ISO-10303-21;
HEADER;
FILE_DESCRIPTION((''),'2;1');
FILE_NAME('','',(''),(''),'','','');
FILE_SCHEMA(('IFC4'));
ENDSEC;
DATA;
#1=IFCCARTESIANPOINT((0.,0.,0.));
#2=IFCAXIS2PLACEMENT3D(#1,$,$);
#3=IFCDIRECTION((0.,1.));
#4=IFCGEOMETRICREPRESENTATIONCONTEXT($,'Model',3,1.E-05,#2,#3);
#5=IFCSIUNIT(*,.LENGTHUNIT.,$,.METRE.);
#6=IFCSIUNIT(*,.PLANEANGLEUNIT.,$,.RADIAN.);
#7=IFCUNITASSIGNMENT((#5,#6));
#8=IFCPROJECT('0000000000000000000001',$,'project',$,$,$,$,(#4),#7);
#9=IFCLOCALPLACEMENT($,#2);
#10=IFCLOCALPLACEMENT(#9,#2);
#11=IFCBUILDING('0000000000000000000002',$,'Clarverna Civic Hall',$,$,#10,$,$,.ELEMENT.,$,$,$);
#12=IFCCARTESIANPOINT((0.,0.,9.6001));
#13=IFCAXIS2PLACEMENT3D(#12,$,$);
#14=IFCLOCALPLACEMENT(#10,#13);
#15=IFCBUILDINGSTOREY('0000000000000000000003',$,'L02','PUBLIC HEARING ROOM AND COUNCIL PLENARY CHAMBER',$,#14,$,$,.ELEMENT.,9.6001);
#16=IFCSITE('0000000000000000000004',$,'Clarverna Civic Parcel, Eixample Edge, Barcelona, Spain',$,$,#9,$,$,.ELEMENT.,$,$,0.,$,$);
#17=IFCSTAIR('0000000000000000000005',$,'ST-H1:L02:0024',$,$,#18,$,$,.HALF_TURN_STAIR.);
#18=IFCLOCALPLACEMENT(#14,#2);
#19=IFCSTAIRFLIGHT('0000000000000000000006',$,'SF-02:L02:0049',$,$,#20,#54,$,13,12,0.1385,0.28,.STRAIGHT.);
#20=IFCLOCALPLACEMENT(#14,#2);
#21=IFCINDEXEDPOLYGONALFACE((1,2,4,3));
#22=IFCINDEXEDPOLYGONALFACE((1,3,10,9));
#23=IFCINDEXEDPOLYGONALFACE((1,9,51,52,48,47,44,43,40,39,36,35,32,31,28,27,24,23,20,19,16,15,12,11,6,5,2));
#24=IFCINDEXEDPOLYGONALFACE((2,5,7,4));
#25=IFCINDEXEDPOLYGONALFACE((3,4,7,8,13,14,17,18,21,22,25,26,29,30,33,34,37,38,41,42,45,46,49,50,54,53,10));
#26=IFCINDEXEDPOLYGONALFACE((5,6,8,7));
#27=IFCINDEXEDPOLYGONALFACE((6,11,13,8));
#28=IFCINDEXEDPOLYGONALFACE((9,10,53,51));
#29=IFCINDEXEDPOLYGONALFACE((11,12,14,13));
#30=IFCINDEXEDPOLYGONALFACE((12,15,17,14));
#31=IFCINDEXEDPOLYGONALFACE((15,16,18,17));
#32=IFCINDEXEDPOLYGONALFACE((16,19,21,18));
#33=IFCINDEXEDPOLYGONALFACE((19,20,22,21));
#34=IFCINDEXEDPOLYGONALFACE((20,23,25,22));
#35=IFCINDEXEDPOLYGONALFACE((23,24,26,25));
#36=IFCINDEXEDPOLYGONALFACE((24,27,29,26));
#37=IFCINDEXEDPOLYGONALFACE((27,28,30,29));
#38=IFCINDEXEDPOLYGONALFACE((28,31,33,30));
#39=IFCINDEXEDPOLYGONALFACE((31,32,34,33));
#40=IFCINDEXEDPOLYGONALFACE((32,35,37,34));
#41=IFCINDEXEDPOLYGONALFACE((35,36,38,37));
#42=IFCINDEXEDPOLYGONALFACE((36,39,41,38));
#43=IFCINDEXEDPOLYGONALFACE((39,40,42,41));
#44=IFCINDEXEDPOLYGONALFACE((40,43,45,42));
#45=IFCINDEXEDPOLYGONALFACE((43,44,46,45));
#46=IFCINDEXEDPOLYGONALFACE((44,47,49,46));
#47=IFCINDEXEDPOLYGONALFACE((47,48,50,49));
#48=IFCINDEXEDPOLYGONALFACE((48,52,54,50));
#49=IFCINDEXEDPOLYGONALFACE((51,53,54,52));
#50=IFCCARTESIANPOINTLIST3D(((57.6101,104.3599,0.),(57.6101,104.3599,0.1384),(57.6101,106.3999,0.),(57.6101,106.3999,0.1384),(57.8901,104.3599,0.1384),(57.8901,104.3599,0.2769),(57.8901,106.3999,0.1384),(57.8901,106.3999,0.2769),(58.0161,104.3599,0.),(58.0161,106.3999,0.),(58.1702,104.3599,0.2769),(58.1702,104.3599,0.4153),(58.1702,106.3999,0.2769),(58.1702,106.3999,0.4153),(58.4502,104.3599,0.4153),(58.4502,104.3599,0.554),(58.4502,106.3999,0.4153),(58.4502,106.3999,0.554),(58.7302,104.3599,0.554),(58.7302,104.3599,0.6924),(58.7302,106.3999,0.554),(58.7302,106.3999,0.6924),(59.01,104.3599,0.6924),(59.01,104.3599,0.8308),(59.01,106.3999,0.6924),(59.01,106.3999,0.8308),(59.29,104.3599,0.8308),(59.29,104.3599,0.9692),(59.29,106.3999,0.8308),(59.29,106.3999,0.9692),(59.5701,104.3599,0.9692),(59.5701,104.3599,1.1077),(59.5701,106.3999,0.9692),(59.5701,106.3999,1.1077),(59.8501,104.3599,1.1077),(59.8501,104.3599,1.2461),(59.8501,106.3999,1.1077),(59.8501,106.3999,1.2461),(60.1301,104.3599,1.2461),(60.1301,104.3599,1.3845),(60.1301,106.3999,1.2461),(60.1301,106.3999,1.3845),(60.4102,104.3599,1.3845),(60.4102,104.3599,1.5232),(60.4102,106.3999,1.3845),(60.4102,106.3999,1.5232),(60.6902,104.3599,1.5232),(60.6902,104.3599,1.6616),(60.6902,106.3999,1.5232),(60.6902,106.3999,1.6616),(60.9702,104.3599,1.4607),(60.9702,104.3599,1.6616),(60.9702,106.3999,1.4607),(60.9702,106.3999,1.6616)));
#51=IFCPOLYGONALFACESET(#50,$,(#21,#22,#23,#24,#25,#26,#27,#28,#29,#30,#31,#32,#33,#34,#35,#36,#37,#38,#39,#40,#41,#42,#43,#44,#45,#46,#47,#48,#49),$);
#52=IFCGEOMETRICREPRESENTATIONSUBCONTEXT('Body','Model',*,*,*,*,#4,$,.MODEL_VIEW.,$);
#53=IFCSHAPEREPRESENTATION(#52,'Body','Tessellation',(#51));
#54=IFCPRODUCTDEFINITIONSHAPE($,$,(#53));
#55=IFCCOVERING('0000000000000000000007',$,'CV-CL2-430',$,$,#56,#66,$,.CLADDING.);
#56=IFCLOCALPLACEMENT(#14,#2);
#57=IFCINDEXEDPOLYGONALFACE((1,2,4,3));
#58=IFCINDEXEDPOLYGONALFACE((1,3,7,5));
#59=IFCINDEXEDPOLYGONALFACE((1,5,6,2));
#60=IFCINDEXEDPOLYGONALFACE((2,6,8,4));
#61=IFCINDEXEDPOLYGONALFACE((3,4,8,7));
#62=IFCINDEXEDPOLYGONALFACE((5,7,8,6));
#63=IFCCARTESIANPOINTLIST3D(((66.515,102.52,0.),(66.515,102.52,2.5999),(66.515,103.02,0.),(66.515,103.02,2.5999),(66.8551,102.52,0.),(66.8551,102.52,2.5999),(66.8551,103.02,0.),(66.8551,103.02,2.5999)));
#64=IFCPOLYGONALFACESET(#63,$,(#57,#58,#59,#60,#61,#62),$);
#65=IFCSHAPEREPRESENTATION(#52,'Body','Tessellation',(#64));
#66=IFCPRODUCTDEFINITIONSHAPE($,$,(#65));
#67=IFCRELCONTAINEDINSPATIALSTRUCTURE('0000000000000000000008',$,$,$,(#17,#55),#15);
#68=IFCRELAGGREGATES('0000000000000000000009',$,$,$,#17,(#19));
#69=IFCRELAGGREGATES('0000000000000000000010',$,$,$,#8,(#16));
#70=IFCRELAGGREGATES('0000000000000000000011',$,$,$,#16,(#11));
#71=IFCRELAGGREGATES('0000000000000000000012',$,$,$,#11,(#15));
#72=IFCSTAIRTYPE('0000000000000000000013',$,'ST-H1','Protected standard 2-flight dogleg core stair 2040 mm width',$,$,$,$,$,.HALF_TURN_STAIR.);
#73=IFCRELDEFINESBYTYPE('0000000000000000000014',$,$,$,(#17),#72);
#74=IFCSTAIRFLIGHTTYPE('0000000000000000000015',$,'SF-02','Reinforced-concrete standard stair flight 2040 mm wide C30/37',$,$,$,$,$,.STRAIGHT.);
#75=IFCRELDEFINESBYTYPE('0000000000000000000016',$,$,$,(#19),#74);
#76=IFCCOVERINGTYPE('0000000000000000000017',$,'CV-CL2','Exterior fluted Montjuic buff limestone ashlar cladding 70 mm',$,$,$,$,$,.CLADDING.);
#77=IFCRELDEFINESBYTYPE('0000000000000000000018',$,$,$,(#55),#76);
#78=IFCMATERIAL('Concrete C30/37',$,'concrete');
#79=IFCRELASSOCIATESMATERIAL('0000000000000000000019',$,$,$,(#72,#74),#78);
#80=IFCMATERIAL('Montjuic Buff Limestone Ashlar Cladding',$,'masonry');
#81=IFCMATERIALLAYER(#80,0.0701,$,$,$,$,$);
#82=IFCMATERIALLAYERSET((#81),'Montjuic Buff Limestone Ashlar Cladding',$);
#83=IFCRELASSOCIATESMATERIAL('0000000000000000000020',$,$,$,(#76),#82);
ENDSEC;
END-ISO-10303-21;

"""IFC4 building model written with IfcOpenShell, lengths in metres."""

from ifc_helpers import new_model, si_unit, direction, frame, frame_2d, origin, place, context, subcontext, project, spatial, polyline, rectangle, outline, extrude, material, layer, layer_set, type_object, element, aggregate, save


model = new_model("IFC4")

# Units and contexts
model_context = context("Model", 3, precision=1e-05, world=origin(), true_north=direction((0.0, 1.0)))
body_context = subcontext(model_context, "Body", "Model", "MODEL_VIEW")
ifc_project = project(units=[si_unit("LENGTHUNIT", "METRE"), si_unit("PLANEANGLEUNIT", "RADIAN")], contexts=[model_context])

# Site, building, storey
site_placement = place(None, origin())
site = spatial("IfcSite", under=ifc_project, at=site_placement, Name="Clarverna Civic Parcel, Eixample Edge, Barcelona, Spain", CompositionType="ELEMENT", RefElevation=0.0)
building_placement = place(site_placement, origin())
building = spatial("IfcBuilding", under=site, at=building_placement, Name="Clarverna Civic Hall", CompositionType="ELEMENT")
storey_placement = place(building_placement, frame((0.0, 0.0, 9.6001)))
storey = spatial("IfcBuildingStorey", under=building, at=storey_placement, Name="L02", Description="PUBLIC HEARING ROOM AND COUNCIL PLENARY CHAMBER", CompositionType="ELEMENT", Elevation=9.6001)

# Stair, stair flight
ifc_material_1 = material(Name="Concrete C30/37", Category="concrete")
stair_type = type_object("IfcStairType", Name="ST-H1", Description="Protected standard 2-flight dogleg core stair 2040 mm width", PredefinedType="HALF_TURN_STAIR", material=ifc_material_1)
stair_placement = place(storey_placement, origin())
stair = element("IfcStair", 1, at=stair_placement, inside=storey, type_object=stair_type, Name="ST-H1:L02:0024", PredefinedType="HALF_TURN_STAIR")
stair_flight_type = type_object("IfcStairFlightType", Name="SF-02", Description="Reinforced-concrete standard stair flight 2040 mm wide C30/37", PredefinedType="STRAIGHT", material=ifc_material_1)
stair_flight_placement = place(storey_placement, frame((57.6101, 105.3799, 0.0), z_axis=(0.0, 0.0, 1.0), x_axis=(1.0, 0.0, 0.0)))
stair_flight = element("IfcStairFlight", 2, at=stair_flight_placement, type_object=stair_flight_type, Name="SF-02:L02:0049", NumberOfRisers=13, NumberOfTreads=12, PredefinedType="STRAIGHT", RiserHeight=0.1385, TreadLength=0.28, context=body_context, shape_type="SweptSolid", body=[
    extrude(outline(polyline([(0.0, 0.0), (0.0, 0.1384), (0.28, 0.1384), (0.28, 0.2769), (0.5601, 0.2769), (0.5601, 0.4153), (0.8401, 0.4153), (0.8401, 0.554), (1.1201, 0.554), (1.1201, 0.6924), (1.3999, 0.6924), (1.3999, 0.8308), (1.6799, 0.8308), (1.6799, 0.9692), (1.96, 0.9692), (1.96, 1.1077), (2.24, 1.1077), (2.24, 1.2461), (2.52, 1.2461), (2.52, 1.3845), (2.8, 1.3845), (2.8, 1.5232), (3.0801, 1.5232), (3.0801, 1.6616), (3.3601, 1.6616), (3.3601, 1.8), (3.3601, 1.4607), (0.406, 0.0), (0.0, 0.0)])), frame((0.0, 1.02, 0.0), z_axis=(0.0, -1.0, 0.0), x_axis=(1.0, 0.0, 0.0)), (0.0, 0.0, 1.0), 2.04),
])
aggregate(stair, [stair_flight])

# Covering
ifc_material_2 = material(Name="Montjuic Buff Limestone Ashlar Cladding", Category="masonry")
ifc_layer_1 = layer(ifc_material_2, 0.0701)
ifc_layer_set_1 = layer_set([ifc_layer_1], Name="Montjuic Buff Limestone Ashlar Cladding")
covering_type = type_object("IfcCoveringType", Name="CV-CL2", Description="Exterior fluted Montjuic buff limestone ashlar cladding 70 mm", PredefinedType="CLADDING", material=ifc_layer_set_1)
covering_placement = place(storey_placement, frame((66.6851, 103.02, 0.0), z_axis=(0.0, 0.0, 1.0), x_axis=(0.0, -1.0, 0.0)))
element("IfcCovering", 3, at=covering_placement, inside=storey, type_object=covering_type, Name="CV-CL2-430", PredefinedType="CLADDING", context=body_context, shape_type="SweptSolid", body=[
    extrude(rectangle(XDim=0.5, YDim=0.3401, at=frame_2d((0.25, 0.0))), origin(), (0.0, 0.0, 1.0), 2.5999),
])

save(model, "model.ifc")
